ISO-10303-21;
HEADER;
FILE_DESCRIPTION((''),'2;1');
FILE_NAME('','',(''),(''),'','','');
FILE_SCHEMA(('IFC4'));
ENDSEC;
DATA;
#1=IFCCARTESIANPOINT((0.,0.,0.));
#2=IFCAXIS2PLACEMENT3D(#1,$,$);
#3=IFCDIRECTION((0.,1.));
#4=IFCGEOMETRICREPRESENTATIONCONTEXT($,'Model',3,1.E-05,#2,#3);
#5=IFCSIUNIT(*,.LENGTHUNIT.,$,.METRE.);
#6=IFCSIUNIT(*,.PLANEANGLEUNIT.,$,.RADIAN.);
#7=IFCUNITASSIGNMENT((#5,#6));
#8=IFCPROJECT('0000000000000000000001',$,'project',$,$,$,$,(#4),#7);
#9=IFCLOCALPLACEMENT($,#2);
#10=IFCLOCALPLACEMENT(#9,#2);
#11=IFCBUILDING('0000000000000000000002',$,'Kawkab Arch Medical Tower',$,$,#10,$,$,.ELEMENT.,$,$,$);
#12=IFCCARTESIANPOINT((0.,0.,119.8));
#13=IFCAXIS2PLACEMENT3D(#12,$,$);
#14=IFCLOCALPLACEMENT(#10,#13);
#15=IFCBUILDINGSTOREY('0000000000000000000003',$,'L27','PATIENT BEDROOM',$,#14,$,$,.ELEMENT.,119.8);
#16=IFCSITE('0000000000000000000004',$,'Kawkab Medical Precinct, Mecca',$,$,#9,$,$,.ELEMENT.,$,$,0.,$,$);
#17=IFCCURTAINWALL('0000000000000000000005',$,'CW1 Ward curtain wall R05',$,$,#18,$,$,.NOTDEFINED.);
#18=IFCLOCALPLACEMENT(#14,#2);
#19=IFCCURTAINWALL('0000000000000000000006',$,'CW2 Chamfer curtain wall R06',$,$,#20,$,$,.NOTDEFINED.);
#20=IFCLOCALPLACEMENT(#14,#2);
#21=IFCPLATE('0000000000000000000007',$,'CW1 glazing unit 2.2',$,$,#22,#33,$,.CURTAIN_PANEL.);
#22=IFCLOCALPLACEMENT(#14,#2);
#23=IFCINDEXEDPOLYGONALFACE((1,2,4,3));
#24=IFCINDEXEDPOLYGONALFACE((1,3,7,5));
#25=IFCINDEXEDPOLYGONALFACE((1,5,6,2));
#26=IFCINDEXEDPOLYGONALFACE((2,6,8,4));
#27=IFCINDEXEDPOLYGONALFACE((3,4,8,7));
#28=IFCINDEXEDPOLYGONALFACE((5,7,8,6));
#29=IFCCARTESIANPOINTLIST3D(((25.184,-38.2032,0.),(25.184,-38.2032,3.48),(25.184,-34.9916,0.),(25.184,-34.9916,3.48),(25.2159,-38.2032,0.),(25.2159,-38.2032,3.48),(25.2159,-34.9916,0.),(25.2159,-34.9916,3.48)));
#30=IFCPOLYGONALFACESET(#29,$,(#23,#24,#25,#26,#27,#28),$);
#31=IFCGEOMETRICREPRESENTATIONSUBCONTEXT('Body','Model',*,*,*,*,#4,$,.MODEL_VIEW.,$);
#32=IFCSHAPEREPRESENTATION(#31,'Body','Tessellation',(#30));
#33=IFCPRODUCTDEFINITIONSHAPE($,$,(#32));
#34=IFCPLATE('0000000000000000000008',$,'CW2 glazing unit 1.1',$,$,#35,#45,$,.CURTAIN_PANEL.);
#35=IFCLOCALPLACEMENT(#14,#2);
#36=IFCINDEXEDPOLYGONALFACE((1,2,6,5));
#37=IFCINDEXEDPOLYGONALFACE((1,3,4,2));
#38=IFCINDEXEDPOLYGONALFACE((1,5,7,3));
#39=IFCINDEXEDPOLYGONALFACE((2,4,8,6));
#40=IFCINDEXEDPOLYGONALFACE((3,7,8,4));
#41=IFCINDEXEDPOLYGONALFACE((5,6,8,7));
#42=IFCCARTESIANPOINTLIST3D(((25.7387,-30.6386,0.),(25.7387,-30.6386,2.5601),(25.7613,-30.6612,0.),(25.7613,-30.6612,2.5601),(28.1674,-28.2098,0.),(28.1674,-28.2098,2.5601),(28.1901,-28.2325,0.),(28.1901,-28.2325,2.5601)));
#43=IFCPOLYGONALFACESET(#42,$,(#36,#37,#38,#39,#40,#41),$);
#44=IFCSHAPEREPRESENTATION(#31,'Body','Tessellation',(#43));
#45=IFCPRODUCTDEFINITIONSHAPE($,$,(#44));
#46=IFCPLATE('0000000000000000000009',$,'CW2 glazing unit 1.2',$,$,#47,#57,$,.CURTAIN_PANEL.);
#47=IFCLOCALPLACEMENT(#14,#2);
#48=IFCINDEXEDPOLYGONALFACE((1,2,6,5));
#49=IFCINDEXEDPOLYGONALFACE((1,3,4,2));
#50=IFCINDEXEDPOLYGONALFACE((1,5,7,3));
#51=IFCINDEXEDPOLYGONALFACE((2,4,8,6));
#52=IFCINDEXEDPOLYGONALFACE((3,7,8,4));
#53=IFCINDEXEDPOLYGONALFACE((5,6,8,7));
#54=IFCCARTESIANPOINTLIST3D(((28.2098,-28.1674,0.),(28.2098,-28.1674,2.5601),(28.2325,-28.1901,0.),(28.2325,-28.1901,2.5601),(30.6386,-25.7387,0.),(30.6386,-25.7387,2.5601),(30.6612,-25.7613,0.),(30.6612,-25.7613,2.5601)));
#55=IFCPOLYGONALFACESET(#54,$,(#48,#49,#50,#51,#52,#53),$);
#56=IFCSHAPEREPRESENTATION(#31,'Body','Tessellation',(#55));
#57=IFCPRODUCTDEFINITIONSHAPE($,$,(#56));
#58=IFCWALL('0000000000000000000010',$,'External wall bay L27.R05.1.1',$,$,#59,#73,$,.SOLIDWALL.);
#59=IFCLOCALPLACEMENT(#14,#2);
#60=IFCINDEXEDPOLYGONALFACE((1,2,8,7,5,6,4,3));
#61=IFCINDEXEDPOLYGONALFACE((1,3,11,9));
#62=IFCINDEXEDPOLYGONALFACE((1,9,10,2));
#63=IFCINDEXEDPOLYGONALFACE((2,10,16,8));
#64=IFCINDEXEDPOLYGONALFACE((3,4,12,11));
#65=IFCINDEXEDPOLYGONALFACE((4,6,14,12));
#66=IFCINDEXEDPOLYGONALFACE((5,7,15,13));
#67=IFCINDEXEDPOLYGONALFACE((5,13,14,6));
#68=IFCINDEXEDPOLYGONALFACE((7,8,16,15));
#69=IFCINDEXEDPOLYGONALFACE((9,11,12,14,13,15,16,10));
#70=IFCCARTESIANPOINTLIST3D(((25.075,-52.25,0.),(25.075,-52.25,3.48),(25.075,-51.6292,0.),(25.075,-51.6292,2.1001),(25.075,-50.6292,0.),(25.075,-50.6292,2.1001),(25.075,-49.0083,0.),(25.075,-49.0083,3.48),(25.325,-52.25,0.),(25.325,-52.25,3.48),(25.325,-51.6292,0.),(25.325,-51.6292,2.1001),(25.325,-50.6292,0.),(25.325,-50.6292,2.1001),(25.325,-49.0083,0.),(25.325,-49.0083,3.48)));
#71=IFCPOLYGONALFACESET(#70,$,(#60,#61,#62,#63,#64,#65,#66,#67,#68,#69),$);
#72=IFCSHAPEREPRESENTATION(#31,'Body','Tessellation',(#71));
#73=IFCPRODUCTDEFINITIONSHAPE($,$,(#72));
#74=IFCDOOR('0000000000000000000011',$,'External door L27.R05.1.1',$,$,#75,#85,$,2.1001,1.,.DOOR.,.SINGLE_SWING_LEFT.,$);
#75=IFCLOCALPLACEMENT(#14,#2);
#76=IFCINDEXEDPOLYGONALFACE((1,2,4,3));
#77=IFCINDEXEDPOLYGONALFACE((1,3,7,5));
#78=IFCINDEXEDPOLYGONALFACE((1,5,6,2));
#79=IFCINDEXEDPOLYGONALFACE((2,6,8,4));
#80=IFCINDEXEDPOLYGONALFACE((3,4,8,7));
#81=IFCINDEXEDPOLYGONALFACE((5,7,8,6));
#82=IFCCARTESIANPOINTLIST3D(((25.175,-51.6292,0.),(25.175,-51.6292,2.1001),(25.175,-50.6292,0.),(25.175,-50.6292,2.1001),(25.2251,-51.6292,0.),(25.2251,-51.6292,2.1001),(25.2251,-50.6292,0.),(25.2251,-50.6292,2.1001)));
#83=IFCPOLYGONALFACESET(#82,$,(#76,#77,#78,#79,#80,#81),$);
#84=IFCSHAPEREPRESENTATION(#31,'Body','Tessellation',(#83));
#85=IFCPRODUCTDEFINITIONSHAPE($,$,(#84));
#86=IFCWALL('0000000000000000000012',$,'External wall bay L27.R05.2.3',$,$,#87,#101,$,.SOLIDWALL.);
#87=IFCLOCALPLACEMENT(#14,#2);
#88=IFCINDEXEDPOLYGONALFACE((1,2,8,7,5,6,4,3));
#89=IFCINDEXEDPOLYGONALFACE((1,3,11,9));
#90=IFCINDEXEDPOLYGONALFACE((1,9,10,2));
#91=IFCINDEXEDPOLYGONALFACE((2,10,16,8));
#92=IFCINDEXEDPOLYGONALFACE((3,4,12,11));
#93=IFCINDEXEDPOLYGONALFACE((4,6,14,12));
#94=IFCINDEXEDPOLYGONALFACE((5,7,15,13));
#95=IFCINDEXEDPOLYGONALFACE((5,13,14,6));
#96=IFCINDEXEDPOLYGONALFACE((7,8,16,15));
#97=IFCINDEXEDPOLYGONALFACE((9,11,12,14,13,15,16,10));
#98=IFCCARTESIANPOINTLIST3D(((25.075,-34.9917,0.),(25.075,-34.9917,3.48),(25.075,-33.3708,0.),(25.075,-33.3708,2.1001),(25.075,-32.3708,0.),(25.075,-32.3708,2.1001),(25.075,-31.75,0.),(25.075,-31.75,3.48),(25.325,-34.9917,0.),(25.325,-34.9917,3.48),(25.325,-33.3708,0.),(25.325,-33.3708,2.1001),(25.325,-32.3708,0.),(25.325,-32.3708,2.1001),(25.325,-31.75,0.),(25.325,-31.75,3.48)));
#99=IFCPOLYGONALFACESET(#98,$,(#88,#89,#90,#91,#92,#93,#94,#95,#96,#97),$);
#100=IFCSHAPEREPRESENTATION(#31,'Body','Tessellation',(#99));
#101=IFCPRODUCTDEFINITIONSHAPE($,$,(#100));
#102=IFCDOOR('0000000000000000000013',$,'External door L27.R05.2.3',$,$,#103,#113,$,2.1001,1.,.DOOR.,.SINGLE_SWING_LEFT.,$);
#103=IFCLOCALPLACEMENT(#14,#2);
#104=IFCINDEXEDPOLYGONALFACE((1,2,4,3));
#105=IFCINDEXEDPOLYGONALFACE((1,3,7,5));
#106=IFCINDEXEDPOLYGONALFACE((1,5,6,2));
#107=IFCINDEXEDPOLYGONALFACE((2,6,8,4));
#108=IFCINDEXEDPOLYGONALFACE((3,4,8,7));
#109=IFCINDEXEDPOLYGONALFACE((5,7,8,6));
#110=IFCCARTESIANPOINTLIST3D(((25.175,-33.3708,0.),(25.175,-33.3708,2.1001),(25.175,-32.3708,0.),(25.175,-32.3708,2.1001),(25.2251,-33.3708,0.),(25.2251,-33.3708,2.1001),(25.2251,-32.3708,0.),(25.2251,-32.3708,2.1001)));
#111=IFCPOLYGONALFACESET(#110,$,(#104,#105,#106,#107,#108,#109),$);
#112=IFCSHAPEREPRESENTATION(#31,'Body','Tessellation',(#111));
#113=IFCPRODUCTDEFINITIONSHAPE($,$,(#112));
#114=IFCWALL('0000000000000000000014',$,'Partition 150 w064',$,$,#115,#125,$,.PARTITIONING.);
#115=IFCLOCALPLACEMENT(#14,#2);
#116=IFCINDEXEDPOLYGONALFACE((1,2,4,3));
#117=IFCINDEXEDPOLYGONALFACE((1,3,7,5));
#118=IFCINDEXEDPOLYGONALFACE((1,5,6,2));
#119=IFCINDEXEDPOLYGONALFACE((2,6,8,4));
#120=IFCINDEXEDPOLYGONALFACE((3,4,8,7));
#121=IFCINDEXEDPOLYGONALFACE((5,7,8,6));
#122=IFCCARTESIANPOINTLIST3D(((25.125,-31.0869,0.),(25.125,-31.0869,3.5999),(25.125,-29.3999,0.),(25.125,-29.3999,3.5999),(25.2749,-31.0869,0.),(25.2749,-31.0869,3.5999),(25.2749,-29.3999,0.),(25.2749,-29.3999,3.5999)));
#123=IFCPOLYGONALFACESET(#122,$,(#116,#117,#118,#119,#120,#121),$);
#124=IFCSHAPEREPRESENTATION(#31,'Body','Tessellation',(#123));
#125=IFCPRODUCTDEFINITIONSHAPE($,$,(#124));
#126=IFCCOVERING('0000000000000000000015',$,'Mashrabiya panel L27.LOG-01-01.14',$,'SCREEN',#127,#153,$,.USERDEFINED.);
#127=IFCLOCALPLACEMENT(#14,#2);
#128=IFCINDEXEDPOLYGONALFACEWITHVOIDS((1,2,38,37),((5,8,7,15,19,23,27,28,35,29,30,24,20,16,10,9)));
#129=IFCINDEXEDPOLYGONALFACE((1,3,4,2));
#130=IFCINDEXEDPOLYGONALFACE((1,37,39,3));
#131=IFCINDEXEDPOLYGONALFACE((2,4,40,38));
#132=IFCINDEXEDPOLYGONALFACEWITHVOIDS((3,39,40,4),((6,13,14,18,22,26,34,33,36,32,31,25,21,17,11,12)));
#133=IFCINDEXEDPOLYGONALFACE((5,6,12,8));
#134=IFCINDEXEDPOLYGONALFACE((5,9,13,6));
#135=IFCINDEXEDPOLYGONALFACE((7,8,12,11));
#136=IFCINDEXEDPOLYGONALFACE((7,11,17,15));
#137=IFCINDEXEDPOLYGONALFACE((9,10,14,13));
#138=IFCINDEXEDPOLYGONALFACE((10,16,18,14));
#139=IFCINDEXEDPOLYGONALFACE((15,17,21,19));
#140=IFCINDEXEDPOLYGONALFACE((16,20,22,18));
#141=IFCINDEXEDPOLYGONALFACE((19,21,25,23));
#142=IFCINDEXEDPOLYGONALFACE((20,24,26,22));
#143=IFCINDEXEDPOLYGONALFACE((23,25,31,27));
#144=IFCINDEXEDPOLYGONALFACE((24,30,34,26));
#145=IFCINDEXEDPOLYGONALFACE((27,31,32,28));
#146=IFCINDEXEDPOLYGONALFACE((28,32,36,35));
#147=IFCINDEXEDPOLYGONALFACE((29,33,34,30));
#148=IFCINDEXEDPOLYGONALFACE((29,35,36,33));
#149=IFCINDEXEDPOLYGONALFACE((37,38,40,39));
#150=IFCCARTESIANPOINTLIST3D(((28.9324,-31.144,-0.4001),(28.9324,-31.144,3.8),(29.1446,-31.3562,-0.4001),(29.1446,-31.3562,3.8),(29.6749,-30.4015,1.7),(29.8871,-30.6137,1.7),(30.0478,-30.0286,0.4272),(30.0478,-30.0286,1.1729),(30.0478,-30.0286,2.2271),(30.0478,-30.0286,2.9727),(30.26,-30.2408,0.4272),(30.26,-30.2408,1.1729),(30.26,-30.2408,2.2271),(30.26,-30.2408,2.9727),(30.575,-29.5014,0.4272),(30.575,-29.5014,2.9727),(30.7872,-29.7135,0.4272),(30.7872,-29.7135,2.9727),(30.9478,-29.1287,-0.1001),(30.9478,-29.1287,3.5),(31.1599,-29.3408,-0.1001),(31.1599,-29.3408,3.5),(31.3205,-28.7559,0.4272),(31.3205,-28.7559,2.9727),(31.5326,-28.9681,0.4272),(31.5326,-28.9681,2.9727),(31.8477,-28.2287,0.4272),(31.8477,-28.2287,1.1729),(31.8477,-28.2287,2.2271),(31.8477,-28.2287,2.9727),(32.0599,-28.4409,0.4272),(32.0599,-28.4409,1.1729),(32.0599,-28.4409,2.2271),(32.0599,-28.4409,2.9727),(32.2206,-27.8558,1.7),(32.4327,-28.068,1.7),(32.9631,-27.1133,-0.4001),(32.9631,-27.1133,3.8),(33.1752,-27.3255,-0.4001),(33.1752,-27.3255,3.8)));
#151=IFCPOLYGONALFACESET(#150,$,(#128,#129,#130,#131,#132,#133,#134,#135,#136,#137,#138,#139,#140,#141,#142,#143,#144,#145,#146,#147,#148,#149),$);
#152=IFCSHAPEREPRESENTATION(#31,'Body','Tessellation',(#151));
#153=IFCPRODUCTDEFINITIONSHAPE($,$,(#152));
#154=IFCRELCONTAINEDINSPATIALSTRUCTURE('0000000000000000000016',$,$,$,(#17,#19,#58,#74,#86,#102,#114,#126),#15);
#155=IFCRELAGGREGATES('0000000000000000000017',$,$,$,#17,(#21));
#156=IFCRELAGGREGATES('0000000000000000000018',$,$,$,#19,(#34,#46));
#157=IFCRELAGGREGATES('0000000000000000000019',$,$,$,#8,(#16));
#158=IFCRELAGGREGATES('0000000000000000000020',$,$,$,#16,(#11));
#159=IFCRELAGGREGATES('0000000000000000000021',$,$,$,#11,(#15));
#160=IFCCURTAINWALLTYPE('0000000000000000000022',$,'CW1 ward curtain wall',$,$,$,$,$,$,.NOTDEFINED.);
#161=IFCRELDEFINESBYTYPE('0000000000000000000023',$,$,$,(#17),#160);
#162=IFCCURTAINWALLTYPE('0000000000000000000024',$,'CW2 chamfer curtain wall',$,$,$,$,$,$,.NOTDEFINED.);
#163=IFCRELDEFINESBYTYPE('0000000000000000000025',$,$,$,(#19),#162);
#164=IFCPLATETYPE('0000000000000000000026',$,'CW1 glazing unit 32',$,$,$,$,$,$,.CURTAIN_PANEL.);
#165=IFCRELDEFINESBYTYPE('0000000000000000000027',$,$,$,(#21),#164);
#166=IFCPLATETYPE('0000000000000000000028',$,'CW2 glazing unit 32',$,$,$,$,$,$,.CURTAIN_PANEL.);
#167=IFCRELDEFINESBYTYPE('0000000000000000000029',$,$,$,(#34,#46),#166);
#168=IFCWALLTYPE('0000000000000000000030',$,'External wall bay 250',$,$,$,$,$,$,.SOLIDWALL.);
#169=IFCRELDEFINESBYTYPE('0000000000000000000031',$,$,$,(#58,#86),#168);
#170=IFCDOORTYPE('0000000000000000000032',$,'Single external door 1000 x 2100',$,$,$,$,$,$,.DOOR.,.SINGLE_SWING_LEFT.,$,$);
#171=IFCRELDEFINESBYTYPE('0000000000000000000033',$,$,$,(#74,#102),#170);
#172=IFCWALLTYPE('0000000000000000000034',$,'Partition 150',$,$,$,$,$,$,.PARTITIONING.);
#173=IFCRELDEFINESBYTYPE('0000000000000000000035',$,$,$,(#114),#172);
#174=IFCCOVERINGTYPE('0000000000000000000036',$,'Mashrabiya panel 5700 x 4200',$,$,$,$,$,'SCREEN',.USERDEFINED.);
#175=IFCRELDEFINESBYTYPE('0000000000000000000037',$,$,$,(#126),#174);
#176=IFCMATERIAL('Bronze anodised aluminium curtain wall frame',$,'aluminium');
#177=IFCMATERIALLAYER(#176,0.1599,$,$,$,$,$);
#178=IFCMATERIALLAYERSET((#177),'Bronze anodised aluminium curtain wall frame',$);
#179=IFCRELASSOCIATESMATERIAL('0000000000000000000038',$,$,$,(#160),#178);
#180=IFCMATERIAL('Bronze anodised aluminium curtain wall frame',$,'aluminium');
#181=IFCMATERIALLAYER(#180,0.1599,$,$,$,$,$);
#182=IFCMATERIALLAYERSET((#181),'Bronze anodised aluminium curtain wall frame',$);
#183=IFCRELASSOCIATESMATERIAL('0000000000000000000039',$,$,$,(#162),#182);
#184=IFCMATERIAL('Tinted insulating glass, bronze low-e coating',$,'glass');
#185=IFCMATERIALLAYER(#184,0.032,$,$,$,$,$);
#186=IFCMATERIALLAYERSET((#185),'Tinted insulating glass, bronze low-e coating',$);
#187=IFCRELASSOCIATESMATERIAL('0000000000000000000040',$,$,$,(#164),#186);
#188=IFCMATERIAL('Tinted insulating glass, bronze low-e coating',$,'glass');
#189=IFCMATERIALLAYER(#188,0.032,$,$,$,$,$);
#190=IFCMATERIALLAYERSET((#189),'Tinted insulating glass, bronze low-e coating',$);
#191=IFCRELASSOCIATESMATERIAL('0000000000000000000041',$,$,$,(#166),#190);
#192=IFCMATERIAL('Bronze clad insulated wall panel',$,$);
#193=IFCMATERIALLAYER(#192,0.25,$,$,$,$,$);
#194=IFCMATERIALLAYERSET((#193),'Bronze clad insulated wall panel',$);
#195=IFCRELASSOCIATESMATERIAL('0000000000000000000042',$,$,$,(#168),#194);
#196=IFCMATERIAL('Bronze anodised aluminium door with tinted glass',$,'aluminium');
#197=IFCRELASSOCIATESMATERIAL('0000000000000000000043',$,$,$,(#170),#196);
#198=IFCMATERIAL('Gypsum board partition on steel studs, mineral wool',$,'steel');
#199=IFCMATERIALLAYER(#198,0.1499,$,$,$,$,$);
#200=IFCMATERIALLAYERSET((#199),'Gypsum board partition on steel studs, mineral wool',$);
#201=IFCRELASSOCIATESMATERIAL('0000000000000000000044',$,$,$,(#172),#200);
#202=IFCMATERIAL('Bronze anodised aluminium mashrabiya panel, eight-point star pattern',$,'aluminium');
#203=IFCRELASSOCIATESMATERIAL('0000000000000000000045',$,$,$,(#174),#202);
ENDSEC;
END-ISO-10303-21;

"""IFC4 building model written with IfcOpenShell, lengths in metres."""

from ifc_helpers import new_model, si_unit, direction, frame, frame_2d, origin, origin_2d, place, context, subcontext, project, spatial, polyline, rectangle, outline, extrude, material, layer, layer_set, material_profile, profile_set, type_object, element, fill, aggregate, save


model = new_model("IFC4")

# Units and contexts
model_context = context("Model", 3, precision=1e-05, world=origin(), true_north=direction((0.0, 1.0)))
body_context = subcontext(model_context, "Body", "Model", "MODEL_VIEW")
ifc_project = project(units=[si_unit("LENGTHUNIT", "METRE"), si_unit("PLANEANGLEUNIT", "RADIAN")], contexts=[model_context])

# Site, building, storey
site_placement = place(None, origin())
site = spatial("IfcSite", under=ifc_project, at=site_placement, Name="Kawkab Medical Precinct, Mecca", CompositionType="ELEMENT", RefElevation=0.0)
building_placement = place(site_placement, origin())
building = spatial("IfcBuilding", under=site, at=building_placement, Name="Kawkab Arch Medical Tower", CompositionType="ELEMENT")
storey_placement = place(building_placement, frame((0.0, 0.0, 119.8)))
storey = spatial("IfcBuildingStorey", under=building, at=storey_placement, Name="L27", Description="PATIENT BEDROOM", CompositionType="ELEMENT", Elevation=119.8)

# Curtain walls
ifc_material_1 = material(Name="Bronze anodised aluminium curtain wall frame", Category="aluminium")
ifc_layer_1 = layer(ifc_material_1, 0.1599)
ifc_layer_set_1 = layer_set([ifc_layer_1], Name="Bronze anodised aluminium curtain wall frame")
curtain_wall_type_1 = type_object("IfcCurtainWallType", Name="CW1 ward curtain wall", PredefinedType="NOTDEFINED", material=ifc_layer_set_1)
placement = place(storey_placement, origin())
curtain_wall_1 = element("IfcCurtainWall", 1, at=placement, inside=storey, type_object=curtain_wall_type_1, Name="CW1 Ward curtain wall R05", PredefinedType="NOTDEFINED")
ifc_material_2 = material(Name="Bronze anodised aluminium curtain wall frame", Category="aluminium")
ifc_layer_2 = layer(ifc_material_2, 0.1599)
ifc_layer_set_2 = layer_set([ifc_layer_2], Name="Bronze anodised aluminium curtain wall frame")
curtain_wall_type_2 = type_object("IfcCurtainWallType", Name="CW2 chamfer curtain wall", PredefinedType="NOTDEFINED", material=ifc_layer_set_2)
curtain_wall_2 = element("IfcCurtainWall", 2, at=placement, inside=storey, type_object=curtain_wall_type_2, Name="CW2 Chamfer curtain wall R06", PredefinedType="NOTDEFINED")

# Plates
ifc_material_3 = material(Name="Tinted insulating glass, bronze low-e coating", Category="glass")
ifc_layer_3 = layer(ifc_material_3, 0.032)
ifc_layer_set_3 = layer_set([ifc_layer_3], Name="Tinted insulating glass, bronze low-e coating")
plate_type_1 = type_object("IfcPlateType", Name="CW1 glazing unit 32", PredefinedType="CURTAIN_PANEL", material=ifc_layer_set_3)
plate_1_placement = place(storey_placement, frame((25.2, -36.5974, 0.0), z_axis=(0.0, 0.0, 1.0), x_axis=(0.0, 1.0, 0.0)))
plate_1 = element("IfcPlate", 3, at=plate_1_placement, type_object=plate_type_1, Name="CW1 glazing unit 2.2", PredefinedType="CURTAIN_PANEL", context=body_context, shape_type="SweptSolid", body=[
    extrude(rectangle(XDim=3.2117, YDim=0.032, at=origin_2d()), origin(), (0.0, 0.0, 1.0), 3.48),
])
aggregate(curtain_wall_1, [plate_1])
ifc_material_4 = material(Name="Tinted insulating glass, bronze low-e coating", Category="glass")
ifc_layer_4 = layer(ifc_material_4, 0.032)
ifc_layer_set_4 = layer_set([ifc_layer_4], Name="Tinted insulating glass, bronze low-e coating")
plate_type_2 = type_object("IfcPlateType", Name="CW2 glazing unit 32", PredefinedType="CURTAIN_PANEL", material=ifc_layer_set_4)
plate_2_placement = place(storey_placement, frame((26.9644, -29.4355, 0.0), z_axis=(0.0, 0.0, 1.0), x_axis=(0.707107, 0.707107, 0.0)))
plate_2 = element("IfcPlate", 4, at=plate_2_placement, type_object=plate_type_2, Name="CW2 glazing unit 1.1", PredefinedType="CURTAIN_PANEL", context=body_context, shape_type="SweptSolid", body=[
    extrude(rectangle(XDim=3.4348, YDim=0.032, at=origin_2d()), origin(), (0.0, 0.0, 1.0), 2.5601),
])
plate_3_placement = place(storey_placement, frame((29.4355, -26.9644, 0.0), z_axis=(0.0, 0.0, 1.0), x_axis=(0.707107, 0.707107, 0.0)))
plate_3 = element("IfcPlate", 5, at=plate_3_placement, type_object=plate_type_2, Name="CW2 glazing unit 1.2", PredefinedType="CURTAIN_PANEL", context=body_context, shape_type="SweptSolid", body=[
    extrude(rectangle(XDim=3.4348, YDim=0.032, at=origin_2d()), origin(), (0.0, 0.0, 1.0), 2.5601),
])
aggregate(curtain_wall_2, [plate_2, plate_3])

# Walls, openings, doors
ifc_material_5 = material(Name="Bronze clad insulated wall panel")
ifc_layer_5 = layer(ifc_material_5, 0.25)
ifc_layer_set_5 = layer_set([ifc_layer_5], Name="Bronze clad insulated wall panel")
wall_type_1 = type_object("IfcWallType", Name="External wall bay 250", PredefinedType="SOLIDWALL", material=ifc_layer_set_5)
wall_1_placement = place(storey_placement, frame((25.2, -52.25, 0.0), z_axis=(0.0, 0.0, 1.0), x_axis=(0.0, 1.0, 0.0)))
wall_1 = element("IfcWall", 6, at=wall_1_placement, inside=storey, type_object=wall_type_1, Name="External wall bay L27.R05.1.1", PredefinedType="SOLIDWALL", context=body_context, shape_type="SweptSolid", body=[
    extrude(rectangle(XDim=3.2417, YDim=0.25, at=frame_2d((1.6208, 0.0))), origin(), (0.0, 0.0, 1.0), 3.48),
])
opening_1_placement = place(wall_1_placement, frame((0.6208, 0.0, 0.0)))
opening_1 = element("IfcOpeningElement", 7, at=opening_1_placement, cuts=wall_1, PredefinedType="OPENING", context=body_context, shape_type="SweptSolid", body=[
    extrude(rectangle(XDim=1.0, YDim=2.1001, at=frame_2d((0.5, 1.05))), frame((0.0, 0.135, 0.0), z_axis=(0.0, -1.0, 0.0), x_axis=(1.0, 0.0, 0.0)), (0.0, 0.0, 1.0), 0.27),
])
ifc_material_6 = material(Name="Bronze anodised aluminium door with tinted glass", Category="aluminium")
door_type = type_object("IfcDoorType", Name="Single external door 1000 x 2100", OperationType="SINGLE_SWING_LEFT", PredefinedType="DOOR", material=ifc_material_6)
door_1_placement = place(opening_1_placement, origin())
door_1 = element("IfcDoor", 8, at=door_1_placement, inside=storey, type_object=door_type, Name="External door L27.R05.1.1", OperationType="SINGLE_SWING_LEFT", OverallHeight=2.1001, OverallWidth=1.0, PredefinedType="DOOR", context=body_context, shape_type="SweptSolid", body=[
    extrude(rectangle(XDim=1.0, YDim=2.1001, at=frame_2d((0.5, 1.05))), frame((0.0, 0.0249, 0.0), z_axis=(0.0, -1.0, 0.0), x_axis=(1.0, 0.0, 0.0)), (0.0, 0.0, 1.0), 0.05),
])
fill(opening_1, door_1)
wall_2_placement = place(storey_placement, frame((25.2, -34.9917, 0.0), z_axis=(0.0, 0.0, 1.0), x_axis=(0.0, 1.0, 0.0)))
wall_2 = element("IfcWall", 9, at=wall_2_placement, inside=storey, type_object=wall_type_1, Name="External wall bay L27.R05.2.3", PredefinedType="SOLIDWALL", context=body_context, shape_type="SweptSolid", body=[
    extrude(rectangle(XDim=3.2417, YDim=0.25, at=frame_2d((1.6208, 0.0))), origin(), (0.0, 0.0, 1.0), 3.48),
])
opening_2_placement = place(wall_2_placement, frame((1.6208, 0.0, 0.0)))
opening_2 = element("IfcOpeningElement", 10, at=opening_2_placement, cuts=wall_2, PredefinedType="OPENING", context=body_context, shape_type="SweptSolid", body=[
    extrude(rectangle(XDim=1.0, YDim=2.1001, at=frame_2d((0.5, 1.05))), frame((0.0, 0.135, 0.0), z_axis=(0.0, -1.0, 0.0), x_axis=(1.0, 0.0, 0.0)), (0.0, 0.0, 1.0), 0.27),
])
door_2_placement = place(opening_2_placement, origin())
door_2 = element("IfcDoor", 11, at=door_2_placement, inside=storey, type_object=door_type, Name="External door L27.R05.2.3", OperationType="SINGLE_SWING_LEFT", OverallHeight=2.1001, OverallWidth=1.0, PredefinedType="DOOR", context=body_context, shape_type="SweptSolid", body=[
    extrude(rectangle(XDim=1.0, YDim=2.1001, at=frame_2d((0.5, 1.05))), frame((0.0, 0.0249, 0.0), z_axis=(0.0, -1.0, 0.0), x_axis=(1.0, 0.0, 0.0)), (0.0, 0.0, 1.0), 0.05),
])
fill(opening_2, door_2)

# Wall
ifc_material_7 = material(Name="Gypsum board partition on steel studs, mineral wool", Category="steel")
ifc_layer_6 = layer(ifc_material_7, 0.1499)
ifc_layer_set_6 = layer_set([ifc_layer_6], Name="Gypsum board partition on steel studs, mineral wool")
wall_type_2 = type_object("IfcWallType", Name="Partition 150", PredefinedType="PARTITIONING", material=ifc_layer_set_6)
wall_3_placement = place(storey_placement, frame((25.2, -31.0869, 0.0), z_axis=(0.0, 0.0, 1.0), x_axis=(0.0, 1.0, 0.0)))
element("IfcWall", 12, at=wall_3_placement, inside=storey, type_object=wall_type_2, Name="Partition 150 w064", PredefinedType="PARTITIONING", context=body_context, shape_type="SweptSolid", body=[
    extrude(rectangle(XDim=1.687, YDim=0.1499, at=frame_2d((0.8435, 0.0))), origin(), (0.0, 0.0, 1.0), 3.5999),
])

# Covering
ifc_material_8 = material(Name="Bronze anodised aluminium mashrabiya panel, eight-point star pattern", Category="aluminium")
ifc_material_profile_1 = material_profile(ifc_material_8, outline(polyline([(-2.8501, -2.1001), (2.8501, -2.1001), (2.8501, 2.1001), (-2.8501, 2.1001), (-2.8501, -2.1001)]), holes=[polyline([(1.8, 0.0), (1.2727, 0.5271), (1.2727, 1.2727), (0.5271, 1.2727), (0.0, 1.8), (-0.5271, 1.2727), (-1.2727, 1.2727), (-1.2727, 0.5271), (-1.8, 0.0), (-1.2727, -0.5271), (-1.2727, -1.2727), (-0.5271, -1.2727), (0.0, -1.8), (0.5271, -1.2727), (1.2727, -1.2727), (1.2727, -0.5271), (1.8, 0.0)])]), Name="Mashrabiya panel 5700x4200")
ifc_profile_set_1 = profile_set([ifc_material_profile_1], Name="Bronze anodised aluminium mashrabiya panel, eight-point star pattern")
covering_type_1 = type_object("IfcCoveringType", Name="Mashrabiya panel 5700 x 4200", ElementType="SCREEN", PredefinedType="USERDEFINED", material=ifc_profile_set_1)
covering_1_placement = place(storey_placement, frame((30.9478, -29.1287, 1.7), z_axis=(0.707107, -0.707107, 0.0), x_axis=(0.707107, 0.707107, 0.0)))
element("IfcCovering", 13, at=covering_1_placement, inside=storey, type_object=covering_type_1, Name="Mashrabiya panel L27.LOG-01-01.14", ObjectType="SCREEN", PredefinedType="USERDEFINED", context=body_context, shape_type="SweptSolid", body=[
    extrude(outline(polyline([(-2.8501, -2.1001), (2.8501, -2.1001), (2.8501, 2.1001), (-2.8501, 2.1001), (-2.8501, -2.1001)]), holes=[polyline([(1.8, 0.0), (1.2727, 0.5271), (1.2727, 1.2727), (0.5271, 1.2727), (0.0, 1.8), (-0.5271, 1.2727), (-1.2727, 1.2727), (-1.2727, 0.5271), (-1.8, 0.0), (-1.2727, -0.5271), (-1.2727, -1.2727), (-0.5271, -1.2727), (0.0, -1.8), (0.5271, -1.2727), (1.2727, -1.2727), (1.2727, -0.5271), (1.8, 0.0)])]), origin(), (0.0, 0.0, 1.0), 0.3),
])

save(model, "model.ifc")
